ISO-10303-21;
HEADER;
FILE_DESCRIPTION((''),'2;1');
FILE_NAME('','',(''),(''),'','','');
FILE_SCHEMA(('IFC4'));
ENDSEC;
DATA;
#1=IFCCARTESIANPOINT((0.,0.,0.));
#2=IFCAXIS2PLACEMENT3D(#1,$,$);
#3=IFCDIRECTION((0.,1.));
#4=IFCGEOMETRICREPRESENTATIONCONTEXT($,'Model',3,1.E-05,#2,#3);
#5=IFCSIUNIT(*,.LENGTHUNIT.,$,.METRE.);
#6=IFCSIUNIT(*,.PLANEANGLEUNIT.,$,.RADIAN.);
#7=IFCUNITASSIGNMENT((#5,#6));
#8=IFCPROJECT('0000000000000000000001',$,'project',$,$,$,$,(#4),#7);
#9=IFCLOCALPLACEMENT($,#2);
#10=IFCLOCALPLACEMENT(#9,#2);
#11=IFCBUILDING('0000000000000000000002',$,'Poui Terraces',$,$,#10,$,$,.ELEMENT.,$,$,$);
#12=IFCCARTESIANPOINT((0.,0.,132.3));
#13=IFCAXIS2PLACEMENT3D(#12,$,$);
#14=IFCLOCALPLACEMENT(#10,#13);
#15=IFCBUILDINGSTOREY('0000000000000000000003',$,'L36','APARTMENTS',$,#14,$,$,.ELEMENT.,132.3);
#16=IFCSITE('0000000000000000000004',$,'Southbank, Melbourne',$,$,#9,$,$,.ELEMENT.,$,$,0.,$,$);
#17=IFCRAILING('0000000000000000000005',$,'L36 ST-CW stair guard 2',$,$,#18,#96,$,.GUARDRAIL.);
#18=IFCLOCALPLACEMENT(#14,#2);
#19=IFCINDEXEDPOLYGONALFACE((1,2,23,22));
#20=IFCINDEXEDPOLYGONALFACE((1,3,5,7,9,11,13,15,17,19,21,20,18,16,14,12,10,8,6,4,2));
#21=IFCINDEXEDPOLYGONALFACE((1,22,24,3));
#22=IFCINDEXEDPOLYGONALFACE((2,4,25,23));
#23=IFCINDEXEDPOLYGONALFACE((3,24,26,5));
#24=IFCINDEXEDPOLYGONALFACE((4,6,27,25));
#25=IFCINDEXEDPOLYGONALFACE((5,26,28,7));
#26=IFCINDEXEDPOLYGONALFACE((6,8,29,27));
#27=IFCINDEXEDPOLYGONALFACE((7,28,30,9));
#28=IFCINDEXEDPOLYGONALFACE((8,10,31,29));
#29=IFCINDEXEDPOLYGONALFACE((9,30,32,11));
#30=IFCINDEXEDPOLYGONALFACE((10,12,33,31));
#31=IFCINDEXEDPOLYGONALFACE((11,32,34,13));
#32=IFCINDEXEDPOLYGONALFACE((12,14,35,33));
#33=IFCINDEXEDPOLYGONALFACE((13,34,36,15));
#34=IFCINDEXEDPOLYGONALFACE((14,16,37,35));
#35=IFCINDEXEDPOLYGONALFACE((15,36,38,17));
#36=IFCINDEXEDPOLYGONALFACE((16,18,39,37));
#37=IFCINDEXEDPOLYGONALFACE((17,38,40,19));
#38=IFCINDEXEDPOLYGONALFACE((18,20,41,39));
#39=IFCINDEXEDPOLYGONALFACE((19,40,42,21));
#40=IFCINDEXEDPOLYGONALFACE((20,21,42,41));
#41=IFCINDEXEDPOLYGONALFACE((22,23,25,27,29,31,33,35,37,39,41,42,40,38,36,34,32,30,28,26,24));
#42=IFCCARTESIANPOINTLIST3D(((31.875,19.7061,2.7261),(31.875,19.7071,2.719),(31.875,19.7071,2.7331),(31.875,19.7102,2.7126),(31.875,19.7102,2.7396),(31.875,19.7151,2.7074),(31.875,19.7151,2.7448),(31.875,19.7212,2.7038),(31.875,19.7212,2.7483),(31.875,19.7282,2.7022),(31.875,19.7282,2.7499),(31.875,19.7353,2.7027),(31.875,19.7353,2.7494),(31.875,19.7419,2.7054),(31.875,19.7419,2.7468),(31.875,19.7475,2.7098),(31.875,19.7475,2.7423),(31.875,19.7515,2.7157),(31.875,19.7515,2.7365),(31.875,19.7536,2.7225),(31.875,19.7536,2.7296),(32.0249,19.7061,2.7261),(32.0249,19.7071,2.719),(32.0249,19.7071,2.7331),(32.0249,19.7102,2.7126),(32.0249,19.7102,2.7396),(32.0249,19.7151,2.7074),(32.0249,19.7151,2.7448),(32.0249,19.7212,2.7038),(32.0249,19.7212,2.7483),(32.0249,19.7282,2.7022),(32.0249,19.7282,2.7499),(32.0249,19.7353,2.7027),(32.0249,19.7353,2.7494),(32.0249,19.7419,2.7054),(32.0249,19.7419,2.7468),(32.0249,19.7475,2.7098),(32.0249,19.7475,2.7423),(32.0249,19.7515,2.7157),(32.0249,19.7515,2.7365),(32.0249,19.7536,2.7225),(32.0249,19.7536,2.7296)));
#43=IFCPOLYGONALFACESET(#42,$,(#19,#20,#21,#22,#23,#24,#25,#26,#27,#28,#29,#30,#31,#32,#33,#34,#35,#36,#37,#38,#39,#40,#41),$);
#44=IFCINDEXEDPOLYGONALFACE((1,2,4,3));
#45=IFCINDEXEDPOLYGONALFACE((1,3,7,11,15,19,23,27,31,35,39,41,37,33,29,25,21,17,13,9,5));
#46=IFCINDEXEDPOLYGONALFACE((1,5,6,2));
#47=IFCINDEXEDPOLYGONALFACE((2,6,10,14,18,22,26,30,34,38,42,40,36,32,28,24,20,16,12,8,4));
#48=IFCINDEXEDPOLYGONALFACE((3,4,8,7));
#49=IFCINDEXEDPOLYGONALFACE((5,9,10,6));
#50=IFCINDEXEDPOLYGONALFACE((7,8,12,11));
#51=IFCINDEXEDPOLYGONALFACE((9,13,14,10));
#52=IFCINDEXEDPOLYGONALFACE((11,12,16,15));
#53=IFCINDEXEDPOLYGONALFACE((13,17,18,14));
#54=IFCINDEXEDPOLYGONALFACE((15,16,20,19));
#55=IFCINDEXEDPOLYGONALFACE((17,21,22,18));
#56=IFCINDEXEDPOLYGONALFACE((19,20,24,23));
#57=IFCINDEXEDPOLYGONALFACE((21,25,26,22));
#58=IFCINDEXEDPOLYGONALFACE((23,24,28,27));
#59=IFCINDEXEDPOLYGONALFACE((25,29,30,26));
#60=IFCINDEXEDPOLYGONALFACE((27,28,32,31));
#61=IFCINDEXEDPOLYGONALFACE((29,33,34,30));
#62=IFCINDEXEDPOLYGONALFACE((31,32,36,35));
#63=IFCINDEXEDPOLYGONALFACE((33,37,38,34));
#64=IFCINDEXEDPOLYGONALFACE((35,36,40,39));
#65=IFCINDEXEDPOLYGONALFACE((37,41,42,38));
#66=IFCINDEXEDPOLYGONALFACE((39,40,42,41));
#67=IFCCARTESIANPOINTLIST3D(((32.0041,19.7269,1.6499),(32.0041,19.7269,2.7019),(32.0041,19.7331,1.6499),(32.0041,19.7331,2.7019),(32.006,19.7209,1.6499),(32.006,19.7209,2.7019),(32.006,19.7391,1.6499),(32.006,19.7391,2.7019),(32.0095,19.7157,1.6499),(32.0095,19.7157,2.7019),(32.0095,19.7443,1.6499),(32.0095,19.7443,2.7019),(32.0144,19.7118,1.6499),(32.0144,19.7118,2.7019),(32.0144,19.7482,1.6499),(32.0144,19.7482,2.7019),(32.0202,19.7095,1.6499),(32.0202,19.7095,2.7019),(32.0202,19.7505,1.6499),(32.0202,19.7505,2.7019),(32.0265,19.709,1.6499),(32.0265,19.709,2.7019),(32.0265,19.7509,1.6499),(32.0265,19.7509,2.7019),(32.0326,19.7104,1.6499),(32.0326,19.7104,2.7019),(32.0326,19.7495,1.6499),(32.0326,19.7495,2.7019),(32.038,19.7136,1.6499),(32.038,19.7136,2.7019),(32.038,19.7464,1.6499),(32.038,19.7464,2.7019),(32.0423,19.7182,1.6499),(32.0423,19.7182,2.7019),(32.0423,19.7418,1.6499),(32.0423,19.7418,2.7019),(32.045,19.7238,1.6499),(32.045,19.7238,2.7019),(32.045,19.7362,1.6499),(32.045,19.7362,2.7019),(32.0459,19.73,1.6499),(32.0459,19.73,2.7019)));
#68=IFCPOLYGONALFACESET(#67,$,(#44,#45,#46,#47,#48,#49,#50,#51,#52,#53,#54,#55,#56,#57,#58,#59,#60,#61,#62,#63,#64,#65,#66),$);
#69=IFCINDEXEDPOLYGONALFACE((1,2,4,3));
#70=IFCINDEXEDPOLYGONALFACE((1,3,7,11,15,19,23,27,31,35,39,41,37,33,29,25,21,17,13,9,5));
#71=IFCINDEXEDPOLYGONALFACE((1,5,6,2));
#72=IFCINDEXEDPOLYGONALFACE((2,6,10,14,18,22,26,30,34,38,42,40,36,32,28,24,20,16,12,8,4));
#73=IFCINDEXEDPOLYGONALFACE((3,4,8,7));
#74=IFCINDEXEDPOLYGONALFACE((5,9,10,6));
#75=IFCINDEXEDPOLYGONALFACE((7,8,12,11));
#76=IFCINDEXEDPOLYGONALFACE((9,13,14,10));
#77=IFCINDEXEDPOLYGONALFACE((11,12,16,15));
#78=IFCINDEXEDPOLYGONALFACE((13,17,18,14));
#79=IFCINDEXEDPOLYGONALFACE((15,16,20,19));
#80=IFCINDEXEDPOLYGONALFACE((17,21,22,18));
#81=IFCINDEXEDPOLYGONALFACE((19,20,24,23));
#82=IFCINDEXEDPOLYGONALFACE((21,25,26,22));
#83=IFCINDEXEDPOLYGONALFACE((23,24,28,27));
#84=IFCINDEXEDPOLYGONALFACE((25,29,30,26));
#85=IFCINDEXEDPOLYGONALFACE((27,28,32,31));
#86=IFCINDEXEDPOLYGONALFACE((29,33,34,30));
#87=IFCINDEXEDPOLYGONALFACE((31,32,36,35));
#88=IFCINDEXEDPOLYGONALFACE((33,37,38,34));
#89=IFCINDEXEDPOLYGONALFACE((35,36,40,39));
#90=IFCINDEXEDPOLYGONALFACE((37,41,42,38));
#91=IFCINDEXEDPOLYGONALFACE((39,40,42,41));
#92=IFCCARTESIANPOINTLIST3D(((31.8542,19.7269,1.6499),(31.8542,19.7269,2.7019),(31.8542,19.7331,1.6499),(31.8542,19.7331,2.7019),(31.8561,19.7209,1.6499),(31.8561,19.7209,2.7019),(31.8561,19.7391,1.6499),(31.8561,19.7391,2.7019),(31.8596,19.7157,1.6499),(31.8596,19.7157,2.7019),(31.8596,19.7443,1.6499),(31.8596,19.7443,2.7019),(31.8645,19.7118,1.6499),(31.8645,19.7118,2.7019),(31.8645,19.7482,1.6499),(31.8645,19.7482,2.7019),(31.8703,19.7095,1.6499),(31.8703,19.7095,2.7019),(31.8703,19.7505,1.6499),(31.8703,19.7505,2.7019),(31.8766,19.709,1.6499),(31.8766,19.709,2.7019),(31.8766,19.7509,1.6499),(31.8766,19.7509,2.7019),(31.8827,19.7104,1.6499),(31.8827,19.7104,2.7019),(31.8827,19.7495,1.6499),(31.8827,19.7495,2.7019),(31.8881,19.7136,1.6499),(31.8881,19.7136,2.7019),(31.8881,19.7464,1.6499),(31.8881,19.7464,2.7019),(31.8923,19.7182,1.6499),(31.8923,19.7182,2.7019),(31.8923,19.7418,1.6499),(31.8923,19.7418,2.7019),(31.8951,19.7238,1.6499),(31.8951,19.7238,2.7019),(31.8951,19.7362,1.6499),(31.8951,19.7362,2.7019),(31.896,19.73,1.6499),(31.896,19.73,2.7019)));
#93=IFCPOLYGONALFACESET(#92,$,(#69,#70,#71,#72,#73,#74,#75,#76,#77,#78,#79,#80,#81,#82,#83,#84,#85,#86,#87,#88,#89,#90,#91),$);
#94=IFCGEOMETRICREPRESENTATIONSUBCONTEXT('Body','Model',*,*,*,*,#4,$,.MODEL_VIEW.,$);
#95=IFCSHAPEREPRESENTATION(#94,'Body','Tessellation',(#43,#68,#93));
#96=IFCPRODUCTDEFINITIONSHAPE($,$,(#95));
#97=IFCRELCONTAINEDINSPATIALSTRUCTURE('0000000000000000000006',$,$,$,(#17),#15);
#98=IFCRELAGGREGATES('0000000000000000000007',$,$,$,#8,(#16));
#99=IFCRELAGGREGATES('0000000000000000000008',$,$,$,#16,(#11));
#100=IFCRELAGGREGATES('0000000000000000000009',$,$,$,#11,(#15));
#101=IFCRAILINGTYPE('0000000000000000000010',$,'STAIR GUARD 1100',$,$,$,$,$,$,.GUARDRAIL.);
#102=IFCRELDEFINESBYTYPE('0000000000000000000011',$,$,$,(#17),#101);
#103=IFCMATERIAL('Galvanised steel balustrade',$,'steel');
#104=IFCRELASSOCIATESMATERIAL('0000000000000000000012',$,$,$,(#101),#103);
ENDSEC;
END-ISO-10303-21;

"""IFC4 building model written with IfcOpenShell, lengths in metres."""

from ifc_helpers import new_model, si_unit, direction, frame, origin, origin_2d, place, context, subcontext, project, spatial, circle, extrude, material, type_object, element, save


model = new_model("IFC4")

# Units and contexts
model_context = context("Model", 3, precision=1e-05, world=origin(), true_north=direction((0.0, 1.0)))
body_context = subcontext(model_context, "Body", "Model", "MODEL_VIEW")
ifc_project = project(units=[si_unit("LENGTHUNIT", "METRE"), si_unit("PLANEANGLEUNIT", "RADIAN")], contexts=[model_context])

# Site, building, storey
site_placement = place(None, origin())
site = spatial("IfcSite", under=ifc_project, at=site_placement, Name="Southbank, Melbourne", CompositionType="ELEMENT", RefElevation=0.0)
building_placement = place(site_placement, origin())
building = spatial("IfcBuilding", under=site, at=building_placement, Name="Poui Terraces", CompositionType="ELEMENT")
storey_placement = place(building_placement, frame((0.0, 0.0, 132.3)))
storey = spatial("IfcBuildingStorey", under=building, at=storey_placement, Name="L36", Description="APARTMENTS", CompositionType="ELEMENT", Elevation=132.3)

# Railing
ifc_material_1 = material(Name="Galvanised steel balustrade", Category="steel")
railing_type_1 = type_object("IfcRailingType", Name="STAIR GUARD 1100", PredefinedType="GUARDRAIL", material=ifc_material_1)
railing_1_placement = place(storey_placement, frame((32.0249, 19.73, 1.6499)))
element("IfcRailing", 1, at=railing_1_placement, inside=storey, type_object=railing_type_1, Name="L36 ST-CW stair guard 2", PredefinedType="GUARDRAIL", context=body_context, shape_type="SweptSolid", body=[
    extrude(circle(Radius=0.0239, at=origin_2d()), frame((0.0, 0.0, 1.0762), z_axis=(-1.0, 0.0, 0.0), x_axis=(0.0, -1.0, 0.0)), (0.0, 0.0, 1.0), 0.1499),
    extrude(circle(Radius=0.021, at=origin_2d()), origin(), (0.0, 0.0, 1.0), 1.052),
    extrude(circle(Radius=0.021, at=origin_2d()), frame((-0.1499, 0.0, 0.0)), (0.0, 0.0, 1.0), 1.052),
])

save(model, "model.ifc")
